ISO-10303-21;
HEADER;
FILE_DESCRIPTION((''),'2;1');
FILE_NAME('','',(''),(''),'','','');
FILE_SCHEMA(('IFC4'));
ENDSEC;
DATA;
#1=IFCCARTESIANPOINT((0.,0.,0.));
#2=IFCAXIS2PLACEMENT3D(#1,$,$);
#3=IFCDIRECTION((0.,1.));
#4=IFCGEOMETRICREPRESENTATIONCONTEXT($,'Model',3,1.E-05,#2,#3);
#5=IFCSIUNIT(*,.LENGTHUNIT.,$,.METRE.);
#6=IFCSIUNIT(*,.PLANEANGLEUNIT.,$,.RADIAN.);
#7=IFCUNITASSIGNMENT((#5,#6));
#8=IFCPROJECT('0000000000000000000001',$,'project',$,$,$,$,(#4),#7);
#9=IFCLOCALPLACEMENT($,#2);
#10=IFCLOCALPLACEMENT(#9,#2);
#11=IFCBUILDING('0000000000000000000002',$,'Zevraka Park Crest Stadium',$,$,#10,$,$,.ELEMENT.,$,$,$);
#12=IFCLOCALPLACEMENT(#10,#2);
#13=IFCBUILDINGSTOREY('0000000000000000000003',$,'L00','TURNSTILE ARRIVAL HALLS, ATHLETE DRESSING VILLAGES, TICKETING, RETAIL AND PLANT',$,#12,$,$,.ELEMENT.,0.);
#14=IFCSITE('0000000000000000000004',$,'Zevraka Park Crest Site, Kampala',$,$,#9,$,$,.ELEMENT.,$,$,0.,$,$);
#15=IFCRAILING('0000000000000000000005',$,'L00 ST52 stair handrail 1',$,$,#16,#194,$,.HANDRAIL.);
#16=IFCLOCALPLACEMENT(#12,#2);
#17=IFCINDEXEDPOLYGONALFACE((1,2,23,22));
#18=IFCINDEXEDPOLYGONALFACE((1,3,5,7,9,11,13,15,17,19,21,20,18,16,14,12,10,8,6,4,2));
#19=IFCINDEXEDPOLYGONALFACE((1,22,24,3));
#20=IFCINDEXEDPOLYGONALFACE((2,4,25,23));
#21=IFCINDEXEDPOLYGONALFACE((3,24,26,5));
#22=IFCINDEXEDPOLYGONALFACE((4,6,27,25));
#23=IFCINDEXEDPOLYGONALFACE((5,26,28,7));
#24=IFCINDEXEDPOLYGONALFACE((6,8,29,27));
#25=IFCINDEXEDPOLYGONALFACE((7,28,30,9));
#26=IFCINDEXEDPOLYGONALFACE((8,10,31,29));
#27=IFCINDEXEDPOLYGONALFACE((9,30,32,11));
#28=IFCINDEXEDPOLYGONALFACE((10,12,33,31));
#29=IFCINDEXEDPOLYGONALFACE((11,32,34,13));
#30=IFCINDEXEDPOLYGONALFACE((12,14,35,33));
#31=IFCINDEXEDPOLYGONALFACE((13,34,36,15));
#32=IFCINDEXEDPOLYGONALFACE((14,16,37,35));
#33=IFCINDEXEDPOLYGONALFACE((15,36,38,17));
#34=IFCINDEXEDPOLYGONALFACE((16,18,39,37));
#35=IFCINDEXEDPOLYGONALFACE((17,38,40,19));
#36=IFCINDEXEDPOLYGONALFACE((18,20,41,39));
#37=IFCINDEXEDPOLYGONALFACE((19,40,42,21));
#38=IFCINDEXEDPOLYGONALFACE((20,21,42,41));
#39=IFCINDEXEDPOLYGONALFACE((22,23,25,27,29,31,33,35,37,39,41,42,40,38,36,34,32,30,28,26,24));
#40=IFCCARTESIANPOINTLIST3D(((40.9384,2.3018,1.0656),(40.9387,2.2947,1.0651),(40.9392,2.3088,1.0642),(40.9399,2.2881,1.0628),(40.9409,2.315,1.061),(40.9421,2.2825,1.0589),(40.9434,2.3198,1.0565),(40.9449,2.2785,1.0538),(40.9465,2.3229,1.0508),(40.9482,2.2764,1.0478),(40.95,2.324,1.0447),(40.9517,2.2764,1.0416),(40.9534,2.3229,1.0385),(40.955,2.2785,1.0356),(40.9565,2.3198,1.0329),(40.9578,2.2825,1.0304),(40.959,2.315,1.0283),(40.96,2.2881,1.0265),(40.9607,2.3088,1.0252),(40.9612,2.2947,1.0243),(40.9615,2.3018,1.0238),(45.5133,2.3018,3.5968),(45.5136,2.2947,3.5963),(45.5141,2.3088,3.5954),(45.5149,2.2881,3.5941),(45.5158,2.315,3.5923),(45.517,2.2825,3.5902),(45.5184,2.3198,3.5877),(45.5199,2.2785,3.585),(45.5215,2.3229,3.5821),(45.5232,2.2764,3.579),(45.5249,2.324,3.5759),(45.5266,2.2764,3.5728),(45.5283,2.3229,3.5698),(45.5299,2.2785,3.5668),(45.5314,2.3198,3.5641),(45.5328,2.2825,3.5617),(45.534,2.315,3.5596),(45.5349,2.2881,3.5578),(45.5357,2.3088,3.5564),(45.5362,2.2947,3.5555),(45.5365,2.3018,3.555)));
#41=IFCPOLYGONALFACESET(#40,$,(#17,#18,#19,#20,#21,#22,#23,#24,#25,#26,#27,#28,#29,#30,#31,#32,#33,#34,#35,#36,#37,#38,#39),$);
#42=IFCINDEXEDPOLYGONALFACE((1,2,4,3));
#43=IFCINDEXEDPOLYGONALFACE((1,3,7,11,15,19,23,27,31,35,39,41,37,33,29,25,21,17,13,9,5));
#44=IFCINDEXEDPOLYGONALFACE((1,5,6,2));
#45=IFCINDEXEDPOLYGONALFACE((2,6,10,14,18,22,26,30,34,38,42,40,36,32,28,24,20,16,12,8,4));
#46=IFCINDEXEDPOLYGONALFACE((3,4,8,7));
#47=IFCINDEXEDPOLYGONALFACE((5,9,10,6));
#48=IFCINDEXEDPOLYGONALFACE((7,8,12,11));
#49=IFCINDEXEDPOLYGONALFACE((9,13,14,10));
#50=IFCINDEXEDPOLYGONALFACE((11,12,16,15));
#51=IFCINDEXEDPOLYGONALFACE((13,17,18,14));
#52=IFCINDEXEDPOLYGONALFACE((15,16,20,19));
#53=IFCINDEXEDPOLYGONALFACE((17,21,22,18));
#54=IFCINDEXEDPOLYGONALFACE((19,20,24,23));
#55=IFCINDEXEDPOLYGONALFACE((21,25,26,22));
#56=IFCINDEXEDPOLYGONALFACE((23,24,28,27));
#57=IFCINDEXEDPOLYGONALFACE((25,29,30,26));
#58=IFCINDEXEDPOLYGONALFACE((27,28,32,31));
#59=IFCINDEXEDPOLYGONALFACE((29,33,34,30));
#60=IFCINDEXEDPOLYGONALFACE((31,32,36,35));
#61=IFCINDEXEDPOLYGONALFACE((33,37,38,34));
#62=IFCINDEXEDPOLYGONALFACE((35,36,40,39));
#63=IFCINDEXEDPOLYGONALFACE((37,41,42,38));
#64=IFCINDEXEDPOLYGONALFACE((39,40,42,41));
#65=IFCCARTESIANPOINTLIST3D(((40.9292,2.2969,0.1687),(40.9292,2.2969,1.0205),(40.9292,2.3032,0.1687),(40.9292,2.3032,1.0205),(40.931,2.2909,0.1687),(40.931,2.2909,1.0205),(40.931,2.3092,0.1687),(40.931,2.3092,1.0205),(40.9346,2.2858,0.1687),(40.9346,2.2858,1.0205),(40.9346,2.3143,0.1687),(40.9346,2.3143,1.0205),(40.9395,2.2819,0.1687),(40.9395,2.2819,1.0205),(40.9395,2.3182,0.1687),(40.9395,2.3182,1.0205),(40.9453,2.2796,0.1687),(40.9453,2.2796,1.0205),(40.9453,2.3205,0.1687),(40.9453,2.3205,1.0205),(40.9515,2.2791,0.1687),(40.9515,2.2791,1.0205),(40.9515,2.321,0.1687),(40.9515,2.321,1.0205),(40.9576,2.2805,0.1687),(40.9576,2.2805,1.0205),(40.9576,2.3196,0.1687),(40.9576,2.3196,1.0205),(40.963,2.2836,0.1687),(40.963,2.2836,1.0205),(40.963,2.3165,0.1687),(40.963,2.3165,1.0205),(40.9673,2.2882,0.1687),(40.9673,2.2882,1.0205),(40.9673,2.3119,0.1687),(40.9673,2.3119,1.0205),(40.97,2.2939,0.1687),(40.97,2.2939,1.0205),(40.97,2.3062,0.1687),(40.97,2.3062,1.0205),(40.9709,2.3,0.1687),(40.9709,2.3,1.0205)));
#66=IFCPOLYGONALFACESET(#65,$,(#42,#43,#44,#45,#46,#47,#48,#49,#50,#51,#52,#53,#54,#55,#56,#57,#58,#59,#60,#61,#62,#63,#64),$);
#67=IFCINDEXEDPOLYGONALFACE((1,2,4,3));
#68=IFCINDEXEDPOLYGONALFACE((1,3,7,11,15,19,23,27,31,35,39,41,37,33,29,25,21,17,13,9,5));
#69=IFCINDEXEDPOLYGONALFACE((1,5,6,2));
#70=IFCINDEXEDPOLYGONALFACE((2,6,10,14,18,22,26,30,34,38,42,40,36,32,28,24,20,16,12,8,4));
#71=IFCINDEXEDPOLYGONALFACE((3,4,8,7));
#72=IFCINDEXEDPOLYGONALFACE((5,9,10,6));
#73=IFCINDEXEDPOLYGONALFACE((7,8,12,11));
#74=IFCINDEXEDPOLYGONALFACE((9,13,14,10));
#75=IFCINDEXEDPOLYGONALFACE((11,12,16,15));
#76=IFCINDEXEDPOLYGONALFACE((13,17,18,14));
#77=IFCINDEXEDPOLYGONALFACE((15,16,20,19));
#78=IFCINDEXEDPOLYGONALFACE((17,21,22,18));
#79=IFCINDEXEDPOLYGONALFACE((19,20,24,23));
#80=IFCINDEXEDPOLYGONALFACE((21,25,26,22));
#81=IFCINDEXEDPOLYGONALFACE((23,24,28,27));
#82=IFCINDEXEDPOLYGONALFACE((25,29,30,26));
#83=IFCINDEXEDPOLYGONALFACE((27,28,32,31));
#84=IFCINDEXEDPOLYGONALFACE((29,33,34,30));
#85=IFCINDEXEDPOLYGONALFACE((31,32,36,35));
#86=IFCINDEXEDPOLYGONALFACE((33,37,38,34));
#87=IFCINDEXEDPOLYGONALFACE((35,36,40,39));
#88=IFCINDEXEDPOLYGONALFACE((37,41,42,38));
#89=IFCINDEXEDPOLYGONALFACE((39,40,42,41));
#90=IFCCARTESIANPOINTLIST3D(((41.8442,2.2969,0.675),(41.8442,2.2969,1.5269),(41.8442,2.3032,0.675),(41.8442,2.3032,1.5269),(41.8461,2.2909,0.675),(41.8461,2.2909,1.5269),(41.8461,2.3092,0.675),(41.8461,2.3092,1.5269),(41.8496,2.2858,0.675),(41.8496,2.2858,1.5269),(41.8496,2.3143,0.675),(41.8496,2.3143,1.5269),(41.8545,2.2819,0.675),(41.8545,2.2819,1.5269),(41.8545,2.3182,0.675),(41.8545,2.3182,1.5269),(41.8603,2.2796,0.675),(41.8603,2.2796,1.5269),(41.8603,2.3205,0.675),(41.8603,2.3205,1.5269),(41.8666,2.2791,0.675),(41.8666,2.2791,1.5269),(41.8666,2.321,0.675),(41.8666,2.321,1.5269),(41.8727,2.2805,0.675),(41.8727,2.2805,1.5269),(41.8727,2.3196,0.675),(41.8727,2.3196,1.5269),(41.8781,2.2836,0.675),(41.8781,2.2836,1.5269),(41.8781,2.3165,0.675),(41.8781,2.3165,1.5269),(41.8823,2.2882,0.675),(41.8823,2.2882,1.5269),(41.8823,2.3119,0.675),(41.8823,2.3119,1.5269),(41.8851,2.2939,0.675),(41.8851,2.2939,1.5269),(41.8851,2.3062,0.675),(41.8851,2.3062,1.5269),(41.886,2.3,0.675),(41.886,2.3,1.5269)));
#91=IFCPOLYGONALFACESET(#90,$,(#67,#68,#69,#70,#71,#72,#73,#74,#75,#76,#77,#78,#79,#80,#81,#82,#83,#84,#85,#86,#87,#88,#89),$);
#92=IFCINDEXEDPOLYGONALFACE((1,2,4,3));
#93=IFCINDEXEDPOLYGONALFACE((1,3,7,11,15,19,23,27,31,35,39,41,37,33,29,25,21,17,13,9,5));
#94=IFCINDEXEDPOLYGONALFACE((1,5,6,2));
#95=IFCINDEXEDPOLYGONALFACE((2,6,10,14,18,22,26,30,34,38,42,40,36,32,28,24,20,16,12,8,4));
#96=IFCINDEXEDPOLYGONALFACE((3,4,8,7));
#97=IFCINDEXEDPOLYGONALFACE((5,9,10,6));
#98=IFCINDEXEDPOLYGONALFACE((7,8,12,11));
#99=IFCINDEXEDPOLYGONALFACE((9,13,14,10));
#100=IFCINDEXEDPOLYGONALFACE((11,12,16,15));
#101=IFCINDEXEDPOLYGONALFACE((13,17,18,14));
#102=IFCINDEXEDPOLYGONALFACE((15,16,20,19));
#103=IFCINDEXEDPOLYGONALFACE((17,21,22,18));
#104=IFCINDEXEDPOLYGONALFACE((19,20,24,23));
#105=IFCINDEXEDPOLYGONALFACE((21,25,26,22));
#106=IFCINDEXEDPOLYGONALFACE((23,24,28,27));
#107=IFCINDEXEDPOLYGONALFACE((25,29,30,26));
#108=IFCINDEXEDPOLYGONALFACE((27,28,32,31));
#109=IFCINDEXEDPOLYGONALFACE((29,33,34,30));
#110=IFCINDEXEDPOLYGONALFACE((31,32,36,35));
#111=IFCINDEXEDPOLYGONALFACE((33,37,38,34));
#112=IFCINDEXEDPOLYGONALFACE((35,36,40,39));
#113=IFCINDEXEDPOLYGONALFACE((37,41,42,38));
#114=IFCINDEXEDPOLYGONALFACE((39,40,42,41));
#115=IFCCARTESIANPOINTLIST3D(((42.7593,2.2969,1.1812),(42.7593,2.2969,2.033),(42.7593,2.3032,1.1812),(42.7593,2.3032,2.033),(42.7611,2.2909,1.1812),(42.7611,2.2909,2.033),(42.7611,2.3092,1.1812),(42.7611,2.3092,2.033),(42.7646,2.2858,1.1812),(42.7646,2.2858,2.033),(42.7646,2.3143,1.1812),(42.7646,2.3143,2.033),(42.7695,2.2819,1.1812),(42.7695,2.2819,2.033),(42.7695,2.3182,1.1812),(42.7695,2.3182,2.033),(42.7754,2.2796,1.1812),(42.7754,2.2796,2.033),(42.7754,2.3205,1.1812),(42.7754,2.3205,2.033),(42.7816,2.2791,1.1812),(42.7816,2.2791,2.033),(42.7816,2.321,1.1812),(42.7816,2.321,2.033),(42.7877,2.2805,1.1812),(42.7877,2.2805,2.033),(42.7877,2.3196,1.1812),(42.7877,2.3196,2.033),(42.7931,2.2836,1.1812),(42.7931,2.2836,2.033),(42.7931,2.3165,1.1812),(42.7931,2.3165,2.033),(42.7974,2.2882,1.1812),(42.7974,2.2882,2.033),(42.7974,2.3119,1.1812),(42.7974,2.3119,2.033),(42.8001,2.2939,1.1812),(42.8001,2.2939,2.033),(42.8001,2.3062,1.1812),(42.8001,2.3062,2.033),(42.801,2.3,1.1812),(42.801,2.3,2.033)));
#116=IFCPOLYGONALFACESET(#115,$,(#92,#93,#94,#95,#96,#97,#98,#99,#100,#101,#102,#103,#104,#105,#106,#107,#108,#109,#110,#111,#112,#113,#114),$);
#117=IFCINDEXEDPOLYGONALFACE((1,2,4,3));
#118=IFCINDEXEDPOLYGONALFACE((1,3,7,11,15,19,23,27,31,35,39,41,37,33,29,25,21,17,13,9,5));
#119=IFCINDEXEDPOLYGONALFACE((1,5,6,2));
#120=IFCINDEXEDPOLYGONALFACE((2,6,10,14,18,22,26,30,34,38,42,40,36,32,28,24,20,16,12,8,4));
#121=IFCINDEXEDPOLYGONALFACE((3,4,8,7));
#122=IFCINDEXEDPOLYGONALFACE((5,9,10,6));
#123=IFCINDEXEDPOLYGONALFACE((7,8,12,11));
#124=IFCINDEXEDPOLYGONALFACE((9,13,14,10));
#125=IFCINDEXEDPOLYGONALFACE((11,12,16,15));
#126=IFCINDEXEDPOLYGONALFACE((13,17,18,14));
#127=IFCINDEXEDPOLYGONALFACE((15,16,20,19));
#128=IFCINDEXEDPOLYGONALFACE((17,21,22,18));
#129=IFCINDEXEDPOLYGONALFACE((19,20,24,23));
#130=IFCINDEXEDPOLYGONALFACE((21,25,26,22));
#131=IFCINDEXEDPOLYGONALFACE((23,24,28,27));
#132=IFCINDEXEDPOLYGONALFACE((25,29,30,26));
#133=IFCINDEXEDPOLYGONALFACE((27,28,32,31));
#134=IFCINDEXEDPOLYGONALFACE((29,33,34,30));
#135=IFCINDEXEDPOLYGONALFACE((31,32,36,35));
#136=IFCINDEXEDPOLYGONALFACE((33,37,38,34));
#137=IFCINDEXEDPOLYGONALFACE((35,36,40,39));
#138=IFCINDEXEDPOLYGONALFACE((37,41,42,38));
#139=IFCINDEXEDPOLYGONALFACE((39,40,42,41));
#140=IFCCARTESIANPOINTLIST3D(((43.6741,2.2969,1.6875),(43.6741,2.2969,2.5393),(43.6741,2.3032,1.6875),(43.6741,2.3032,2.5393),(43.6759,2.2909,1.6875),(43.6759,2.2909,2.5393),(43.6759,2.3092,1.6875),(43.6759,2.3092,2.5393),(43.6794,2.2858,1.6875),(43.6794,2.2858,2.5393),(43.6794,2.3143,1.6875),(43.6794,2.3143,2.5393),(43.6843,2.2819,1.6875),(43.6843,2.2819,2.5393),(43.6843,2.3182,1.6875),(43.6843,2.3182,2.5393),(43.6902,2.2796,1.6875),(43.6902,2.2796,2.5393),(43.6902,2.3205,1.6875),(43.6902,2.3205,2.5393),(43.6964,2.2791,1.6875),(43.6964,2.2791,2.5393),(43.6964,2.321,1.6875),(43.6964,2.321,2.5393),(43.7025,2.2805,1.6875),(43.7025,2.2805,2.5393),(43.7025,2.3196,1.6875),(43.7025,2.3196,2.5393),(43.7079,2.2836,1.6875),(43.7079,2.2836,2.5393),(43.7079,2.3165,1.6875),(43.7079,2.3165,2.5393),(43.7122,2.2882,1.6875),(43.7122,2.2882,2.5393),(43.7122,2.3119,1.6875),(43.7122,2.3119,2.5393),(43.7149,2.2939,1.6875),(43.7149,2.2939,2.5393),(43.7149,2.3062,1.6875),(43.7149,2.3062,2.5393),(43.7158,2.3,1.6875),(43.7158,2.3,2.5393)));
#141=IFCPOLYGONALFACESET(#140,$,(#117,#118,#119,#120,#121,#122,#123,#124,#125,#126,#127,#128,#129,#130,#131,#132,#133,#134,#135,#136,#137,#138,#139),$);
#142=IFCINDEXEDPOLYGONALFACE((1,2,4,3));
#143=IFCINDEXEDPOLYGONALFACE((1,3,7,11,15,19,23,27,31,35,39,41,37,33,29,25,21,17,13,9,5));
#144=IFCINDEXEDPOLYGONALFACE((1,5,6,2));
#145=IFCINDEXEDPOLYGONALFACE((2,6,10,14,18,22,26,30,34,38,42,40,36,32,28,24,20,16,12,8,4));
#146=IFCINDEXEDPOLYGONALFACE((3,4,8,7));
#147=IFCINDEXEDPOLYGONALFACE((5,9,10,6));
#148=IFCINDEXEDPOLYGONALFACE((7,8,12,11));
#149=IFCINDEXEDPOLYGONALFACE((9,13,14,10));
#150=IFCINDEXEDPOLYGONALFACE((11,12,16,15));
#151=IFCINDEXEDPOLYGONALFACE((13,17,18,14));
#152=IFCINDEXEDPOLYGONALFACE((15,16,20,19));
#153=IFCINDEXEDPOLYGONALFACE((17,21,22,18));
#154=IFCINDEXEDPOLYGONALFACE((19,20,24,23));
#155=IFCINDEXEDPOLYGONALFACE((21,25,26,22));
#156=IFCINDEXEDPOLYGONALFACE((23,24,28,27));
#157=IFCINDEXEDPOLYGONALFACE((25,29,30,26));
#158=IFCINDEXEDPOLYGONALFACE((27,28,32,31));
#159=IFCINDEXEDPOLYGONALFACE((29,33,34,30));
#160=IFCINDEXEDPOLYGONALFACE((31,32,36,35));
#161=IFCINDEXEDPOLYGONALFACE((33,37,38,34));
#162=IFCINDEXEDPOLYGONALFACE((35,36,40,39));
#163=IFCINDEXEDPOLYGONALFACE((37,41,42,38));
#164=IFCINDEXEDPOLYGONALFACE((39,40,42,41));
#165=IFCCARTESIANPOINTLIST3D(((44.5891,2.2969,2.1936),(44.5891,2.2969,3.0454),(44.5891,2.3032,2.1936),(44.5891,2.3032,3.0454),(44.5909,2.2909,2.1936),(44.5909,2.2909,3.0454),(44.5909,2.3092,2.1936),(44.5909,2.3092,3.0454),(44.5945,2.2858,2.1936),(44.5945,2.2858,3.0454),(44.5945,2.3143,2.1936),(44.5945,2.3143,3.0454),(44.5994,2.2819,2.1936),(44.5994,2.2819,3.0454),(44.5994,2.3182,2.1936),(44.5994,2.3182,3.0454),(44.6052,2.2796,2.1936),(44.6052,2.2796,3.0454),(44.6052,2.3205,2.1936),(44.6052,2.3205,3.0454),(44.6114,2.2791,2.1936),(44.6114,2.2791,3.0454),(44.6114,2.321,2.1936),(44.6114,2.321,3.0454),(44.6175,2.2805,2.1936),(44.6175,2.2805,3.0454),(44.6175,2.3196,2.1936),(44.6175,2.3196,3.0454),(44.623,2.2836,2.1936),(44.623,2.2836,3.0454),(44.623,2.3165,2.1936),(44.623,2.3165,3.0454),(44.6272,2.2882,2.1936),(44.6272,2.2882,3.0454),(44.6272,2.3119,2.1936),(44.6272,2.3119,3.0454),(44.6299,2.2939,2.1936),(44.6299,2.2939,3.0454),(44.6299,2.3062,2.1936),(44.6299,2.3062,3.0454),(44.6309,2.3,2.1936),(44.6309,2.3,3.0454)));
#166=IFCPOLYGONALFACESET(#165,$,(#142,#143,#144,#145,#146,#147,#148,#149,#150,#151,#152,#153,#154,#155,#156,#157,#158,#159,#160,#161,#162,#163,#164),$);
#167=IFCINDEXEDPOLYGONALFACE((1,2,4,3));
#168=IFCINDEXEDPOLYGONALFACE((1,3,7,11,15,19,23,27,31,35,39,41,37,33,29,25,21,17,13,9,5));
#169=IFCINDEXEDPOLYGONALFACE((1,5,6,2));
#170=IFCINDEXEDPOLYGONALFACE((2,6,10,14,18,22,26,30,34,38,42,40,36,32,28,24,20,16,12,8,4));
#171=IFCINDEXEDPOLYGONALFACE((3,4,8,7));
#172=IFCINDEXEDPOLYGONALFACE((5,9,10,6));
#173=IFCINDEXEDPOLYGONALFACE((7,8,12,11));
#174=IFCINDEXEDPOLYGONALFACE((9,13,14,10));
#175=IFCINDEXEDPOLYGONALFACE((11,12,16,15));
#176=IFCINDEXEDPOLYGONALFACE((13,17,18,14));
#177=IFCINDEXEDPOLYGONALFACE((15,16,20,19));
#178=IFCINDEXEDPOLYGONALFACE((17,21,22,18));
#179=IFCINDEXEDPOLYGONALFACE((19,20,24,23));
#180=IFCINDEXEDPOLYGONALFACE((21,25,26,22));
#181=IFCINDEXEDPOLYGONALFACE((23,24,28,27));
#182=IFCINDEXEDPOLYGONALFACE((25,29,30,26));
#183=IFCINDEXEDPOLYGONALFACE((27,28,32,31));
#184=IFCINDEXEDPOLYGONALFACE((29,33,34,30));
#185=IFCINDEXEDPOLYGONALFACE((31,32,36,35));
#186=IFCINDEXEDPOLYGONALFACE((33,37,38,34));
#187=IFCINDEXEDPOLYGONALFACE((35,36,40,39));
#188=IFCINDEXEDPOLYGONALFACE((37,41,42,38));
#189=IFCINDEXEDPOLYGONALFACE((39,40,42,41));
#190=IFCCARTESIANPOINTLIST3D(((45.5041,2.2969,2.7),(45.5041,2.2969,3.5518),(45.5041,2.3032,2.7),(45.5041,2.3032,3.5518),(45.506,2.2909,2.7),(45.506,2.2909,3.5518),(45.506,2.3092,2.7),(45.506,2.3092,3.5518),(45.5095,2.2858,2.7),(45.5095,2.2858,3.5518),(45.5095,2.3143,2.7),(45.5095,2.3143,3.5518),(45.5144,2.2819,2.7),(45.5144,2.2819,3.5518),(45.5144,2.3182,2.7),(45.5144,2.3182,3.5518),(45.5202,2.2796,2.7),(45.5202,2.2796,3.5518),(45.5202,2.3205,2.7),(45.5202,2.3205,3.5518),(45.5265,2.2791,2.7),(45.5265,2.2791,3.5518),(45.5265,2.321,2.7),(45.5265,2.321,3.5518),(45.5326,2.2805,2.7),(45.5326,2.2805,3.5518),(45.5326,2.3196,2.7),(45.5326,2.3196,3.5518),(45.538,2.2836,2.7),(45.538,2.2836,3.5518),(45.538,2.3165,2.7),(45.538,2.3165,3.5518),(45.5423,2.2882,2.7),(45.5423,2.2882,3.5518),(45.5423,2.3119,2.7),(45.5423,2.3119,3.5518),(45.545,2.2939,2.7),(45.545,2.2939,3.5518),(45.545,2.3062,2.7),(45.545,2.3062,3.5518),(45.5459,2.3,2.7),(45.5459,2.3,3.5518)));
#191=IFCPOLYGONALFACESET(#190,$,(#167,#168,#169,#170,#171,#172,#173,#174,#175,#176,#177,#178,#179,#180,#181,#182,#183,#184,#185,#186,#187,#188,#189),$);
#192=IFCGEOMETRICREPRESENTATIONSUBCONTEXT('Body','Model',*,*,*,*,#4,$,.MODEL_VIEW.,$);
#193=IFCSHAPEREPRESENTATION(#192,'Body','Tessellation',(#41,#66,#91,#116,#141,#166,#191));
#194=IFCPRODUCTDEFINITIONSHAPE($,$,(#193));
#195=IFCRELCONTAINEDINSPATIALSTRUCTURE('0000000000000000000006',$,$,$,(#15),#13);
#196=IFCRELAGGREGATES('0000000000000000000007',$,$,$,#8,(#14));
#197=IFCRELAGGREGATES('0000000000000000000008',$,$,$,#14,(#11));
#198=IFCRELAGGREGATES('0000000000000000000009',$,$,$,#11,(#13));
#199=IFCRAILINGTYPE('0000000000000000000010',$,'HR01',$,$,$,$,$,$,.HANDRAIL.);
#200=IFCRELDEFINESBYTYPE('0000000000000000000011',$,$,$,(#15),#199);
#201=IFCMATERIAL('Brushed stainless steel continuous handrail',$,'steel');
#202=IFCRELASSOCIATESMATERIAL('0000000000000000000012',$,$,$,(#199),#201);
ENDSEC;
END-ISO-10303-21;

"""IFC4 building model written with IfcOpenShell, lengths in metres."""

from ifc_helpers import new_model, si_unit, direction, frame, origin, origin_2d, place, context, subcontext, project, spatial, circle, extrude, material, type_object, element, save


model = new_model("IFC4")

# Units and contexts
model_context = context("Model", 3, precision=1e-05, world=origin(), true_north=direction((0.0, 1.0)))
body_context = subcontext(model_context, "Body", "Model", "MODEL_VIEW")
ifc_project = project(units=[si_unit("LENGTHUNIT", "METRE"), si_unit("PLANEANGLEUNIT", "RADIAN")], contexts=[model_context])

# Site, building, storey
site_placement = place(None, origin())
site = spatial("IfcSite", under=ifc_project, at=site_placement, Name="Zevraka Park Crest Site, Kampala", CompositionType="ELEMENT", RefElevation=0.0)
building_placement = place(site_placement, origin())
building = spatial("IfcBuilding", under=site, at=building_placement, Name="Zevraka Park Crest Stadium", CompositionType="ELEMENT")
storey_placement = place(building_placement, origin())
storey = spatial("IfcBuildingStorey", under=building, at=storey_placement, Name="L00", Description="TURNSTILE ARRIVAL HALLS, ATHLETE DRESSING VILLAGES, TICKETING, RETAIL AND PLANT", CompositionType="ELEMENT", Elevation=0.0)

# Railing
ifc_material_1 = material(Name="Brushed stainless steel continuous handrail", Category="steel")
railing_type_1 = type_object("IfcRailingType", Name="HR01", PredefinedType="HANDRAIL", material=ifc_material_1)
railing_1_placement = place(storey_placement, frame((40.95, 2.3, 0.1687)))
element("IfcRailing", 1, at=railing_1_placement, inside=storey, type_object=railing_type_1, Name="L00 ST52 stair handrail 1", PredefinedType="HANDRAIL", context=body_context, shape_type="SweptSolid", body=[
    extrude(circle(Radius=0.0239, at=origin_2d()), frame((0.0, 0.0, 0.876), z_axis=(0.875, 0.0, 0.484124), x_axis=(0.0, 1.0, 0.0)), (0.0, 0.0, 1.0), 5.2285),
    extrude(circle(Radius=0.021, at=origin_2d()), origin(), (0.0, 0.0, 1.0), 0.8518),
    extrude(circle(Radius=0.021, at=origin_2d()), frame((0.915, 0.0, 0.5063)), (0.0, 0.0, 1.0), 0.8518),
    extrude(circle(Radius=0.021, at=origin_2d()), frame((1.8301, 0.0, 1.0125)), (0.0, 0.0, 1.0), 0.8518),
    extrude(circle(Radius=0.021, at=origin_2d()), frame((2.7449, 0.0, 1.5188)), (0.0, 0.0, 1.0), 0.8518),
    extrude(circle(Radius=0.021, at=origin_2d()), frame((3.6599, 0.0, 2.0249)), (0.0, 0.0, 1.0), 0.8518),
    extrude(circle(Radius=0.021, at=origin_2d()), frame((4.575, 0.0, 2.5312)), (0.0, 0.0, 1.0), 0.8518),
])

save(model, "model.ifc")
